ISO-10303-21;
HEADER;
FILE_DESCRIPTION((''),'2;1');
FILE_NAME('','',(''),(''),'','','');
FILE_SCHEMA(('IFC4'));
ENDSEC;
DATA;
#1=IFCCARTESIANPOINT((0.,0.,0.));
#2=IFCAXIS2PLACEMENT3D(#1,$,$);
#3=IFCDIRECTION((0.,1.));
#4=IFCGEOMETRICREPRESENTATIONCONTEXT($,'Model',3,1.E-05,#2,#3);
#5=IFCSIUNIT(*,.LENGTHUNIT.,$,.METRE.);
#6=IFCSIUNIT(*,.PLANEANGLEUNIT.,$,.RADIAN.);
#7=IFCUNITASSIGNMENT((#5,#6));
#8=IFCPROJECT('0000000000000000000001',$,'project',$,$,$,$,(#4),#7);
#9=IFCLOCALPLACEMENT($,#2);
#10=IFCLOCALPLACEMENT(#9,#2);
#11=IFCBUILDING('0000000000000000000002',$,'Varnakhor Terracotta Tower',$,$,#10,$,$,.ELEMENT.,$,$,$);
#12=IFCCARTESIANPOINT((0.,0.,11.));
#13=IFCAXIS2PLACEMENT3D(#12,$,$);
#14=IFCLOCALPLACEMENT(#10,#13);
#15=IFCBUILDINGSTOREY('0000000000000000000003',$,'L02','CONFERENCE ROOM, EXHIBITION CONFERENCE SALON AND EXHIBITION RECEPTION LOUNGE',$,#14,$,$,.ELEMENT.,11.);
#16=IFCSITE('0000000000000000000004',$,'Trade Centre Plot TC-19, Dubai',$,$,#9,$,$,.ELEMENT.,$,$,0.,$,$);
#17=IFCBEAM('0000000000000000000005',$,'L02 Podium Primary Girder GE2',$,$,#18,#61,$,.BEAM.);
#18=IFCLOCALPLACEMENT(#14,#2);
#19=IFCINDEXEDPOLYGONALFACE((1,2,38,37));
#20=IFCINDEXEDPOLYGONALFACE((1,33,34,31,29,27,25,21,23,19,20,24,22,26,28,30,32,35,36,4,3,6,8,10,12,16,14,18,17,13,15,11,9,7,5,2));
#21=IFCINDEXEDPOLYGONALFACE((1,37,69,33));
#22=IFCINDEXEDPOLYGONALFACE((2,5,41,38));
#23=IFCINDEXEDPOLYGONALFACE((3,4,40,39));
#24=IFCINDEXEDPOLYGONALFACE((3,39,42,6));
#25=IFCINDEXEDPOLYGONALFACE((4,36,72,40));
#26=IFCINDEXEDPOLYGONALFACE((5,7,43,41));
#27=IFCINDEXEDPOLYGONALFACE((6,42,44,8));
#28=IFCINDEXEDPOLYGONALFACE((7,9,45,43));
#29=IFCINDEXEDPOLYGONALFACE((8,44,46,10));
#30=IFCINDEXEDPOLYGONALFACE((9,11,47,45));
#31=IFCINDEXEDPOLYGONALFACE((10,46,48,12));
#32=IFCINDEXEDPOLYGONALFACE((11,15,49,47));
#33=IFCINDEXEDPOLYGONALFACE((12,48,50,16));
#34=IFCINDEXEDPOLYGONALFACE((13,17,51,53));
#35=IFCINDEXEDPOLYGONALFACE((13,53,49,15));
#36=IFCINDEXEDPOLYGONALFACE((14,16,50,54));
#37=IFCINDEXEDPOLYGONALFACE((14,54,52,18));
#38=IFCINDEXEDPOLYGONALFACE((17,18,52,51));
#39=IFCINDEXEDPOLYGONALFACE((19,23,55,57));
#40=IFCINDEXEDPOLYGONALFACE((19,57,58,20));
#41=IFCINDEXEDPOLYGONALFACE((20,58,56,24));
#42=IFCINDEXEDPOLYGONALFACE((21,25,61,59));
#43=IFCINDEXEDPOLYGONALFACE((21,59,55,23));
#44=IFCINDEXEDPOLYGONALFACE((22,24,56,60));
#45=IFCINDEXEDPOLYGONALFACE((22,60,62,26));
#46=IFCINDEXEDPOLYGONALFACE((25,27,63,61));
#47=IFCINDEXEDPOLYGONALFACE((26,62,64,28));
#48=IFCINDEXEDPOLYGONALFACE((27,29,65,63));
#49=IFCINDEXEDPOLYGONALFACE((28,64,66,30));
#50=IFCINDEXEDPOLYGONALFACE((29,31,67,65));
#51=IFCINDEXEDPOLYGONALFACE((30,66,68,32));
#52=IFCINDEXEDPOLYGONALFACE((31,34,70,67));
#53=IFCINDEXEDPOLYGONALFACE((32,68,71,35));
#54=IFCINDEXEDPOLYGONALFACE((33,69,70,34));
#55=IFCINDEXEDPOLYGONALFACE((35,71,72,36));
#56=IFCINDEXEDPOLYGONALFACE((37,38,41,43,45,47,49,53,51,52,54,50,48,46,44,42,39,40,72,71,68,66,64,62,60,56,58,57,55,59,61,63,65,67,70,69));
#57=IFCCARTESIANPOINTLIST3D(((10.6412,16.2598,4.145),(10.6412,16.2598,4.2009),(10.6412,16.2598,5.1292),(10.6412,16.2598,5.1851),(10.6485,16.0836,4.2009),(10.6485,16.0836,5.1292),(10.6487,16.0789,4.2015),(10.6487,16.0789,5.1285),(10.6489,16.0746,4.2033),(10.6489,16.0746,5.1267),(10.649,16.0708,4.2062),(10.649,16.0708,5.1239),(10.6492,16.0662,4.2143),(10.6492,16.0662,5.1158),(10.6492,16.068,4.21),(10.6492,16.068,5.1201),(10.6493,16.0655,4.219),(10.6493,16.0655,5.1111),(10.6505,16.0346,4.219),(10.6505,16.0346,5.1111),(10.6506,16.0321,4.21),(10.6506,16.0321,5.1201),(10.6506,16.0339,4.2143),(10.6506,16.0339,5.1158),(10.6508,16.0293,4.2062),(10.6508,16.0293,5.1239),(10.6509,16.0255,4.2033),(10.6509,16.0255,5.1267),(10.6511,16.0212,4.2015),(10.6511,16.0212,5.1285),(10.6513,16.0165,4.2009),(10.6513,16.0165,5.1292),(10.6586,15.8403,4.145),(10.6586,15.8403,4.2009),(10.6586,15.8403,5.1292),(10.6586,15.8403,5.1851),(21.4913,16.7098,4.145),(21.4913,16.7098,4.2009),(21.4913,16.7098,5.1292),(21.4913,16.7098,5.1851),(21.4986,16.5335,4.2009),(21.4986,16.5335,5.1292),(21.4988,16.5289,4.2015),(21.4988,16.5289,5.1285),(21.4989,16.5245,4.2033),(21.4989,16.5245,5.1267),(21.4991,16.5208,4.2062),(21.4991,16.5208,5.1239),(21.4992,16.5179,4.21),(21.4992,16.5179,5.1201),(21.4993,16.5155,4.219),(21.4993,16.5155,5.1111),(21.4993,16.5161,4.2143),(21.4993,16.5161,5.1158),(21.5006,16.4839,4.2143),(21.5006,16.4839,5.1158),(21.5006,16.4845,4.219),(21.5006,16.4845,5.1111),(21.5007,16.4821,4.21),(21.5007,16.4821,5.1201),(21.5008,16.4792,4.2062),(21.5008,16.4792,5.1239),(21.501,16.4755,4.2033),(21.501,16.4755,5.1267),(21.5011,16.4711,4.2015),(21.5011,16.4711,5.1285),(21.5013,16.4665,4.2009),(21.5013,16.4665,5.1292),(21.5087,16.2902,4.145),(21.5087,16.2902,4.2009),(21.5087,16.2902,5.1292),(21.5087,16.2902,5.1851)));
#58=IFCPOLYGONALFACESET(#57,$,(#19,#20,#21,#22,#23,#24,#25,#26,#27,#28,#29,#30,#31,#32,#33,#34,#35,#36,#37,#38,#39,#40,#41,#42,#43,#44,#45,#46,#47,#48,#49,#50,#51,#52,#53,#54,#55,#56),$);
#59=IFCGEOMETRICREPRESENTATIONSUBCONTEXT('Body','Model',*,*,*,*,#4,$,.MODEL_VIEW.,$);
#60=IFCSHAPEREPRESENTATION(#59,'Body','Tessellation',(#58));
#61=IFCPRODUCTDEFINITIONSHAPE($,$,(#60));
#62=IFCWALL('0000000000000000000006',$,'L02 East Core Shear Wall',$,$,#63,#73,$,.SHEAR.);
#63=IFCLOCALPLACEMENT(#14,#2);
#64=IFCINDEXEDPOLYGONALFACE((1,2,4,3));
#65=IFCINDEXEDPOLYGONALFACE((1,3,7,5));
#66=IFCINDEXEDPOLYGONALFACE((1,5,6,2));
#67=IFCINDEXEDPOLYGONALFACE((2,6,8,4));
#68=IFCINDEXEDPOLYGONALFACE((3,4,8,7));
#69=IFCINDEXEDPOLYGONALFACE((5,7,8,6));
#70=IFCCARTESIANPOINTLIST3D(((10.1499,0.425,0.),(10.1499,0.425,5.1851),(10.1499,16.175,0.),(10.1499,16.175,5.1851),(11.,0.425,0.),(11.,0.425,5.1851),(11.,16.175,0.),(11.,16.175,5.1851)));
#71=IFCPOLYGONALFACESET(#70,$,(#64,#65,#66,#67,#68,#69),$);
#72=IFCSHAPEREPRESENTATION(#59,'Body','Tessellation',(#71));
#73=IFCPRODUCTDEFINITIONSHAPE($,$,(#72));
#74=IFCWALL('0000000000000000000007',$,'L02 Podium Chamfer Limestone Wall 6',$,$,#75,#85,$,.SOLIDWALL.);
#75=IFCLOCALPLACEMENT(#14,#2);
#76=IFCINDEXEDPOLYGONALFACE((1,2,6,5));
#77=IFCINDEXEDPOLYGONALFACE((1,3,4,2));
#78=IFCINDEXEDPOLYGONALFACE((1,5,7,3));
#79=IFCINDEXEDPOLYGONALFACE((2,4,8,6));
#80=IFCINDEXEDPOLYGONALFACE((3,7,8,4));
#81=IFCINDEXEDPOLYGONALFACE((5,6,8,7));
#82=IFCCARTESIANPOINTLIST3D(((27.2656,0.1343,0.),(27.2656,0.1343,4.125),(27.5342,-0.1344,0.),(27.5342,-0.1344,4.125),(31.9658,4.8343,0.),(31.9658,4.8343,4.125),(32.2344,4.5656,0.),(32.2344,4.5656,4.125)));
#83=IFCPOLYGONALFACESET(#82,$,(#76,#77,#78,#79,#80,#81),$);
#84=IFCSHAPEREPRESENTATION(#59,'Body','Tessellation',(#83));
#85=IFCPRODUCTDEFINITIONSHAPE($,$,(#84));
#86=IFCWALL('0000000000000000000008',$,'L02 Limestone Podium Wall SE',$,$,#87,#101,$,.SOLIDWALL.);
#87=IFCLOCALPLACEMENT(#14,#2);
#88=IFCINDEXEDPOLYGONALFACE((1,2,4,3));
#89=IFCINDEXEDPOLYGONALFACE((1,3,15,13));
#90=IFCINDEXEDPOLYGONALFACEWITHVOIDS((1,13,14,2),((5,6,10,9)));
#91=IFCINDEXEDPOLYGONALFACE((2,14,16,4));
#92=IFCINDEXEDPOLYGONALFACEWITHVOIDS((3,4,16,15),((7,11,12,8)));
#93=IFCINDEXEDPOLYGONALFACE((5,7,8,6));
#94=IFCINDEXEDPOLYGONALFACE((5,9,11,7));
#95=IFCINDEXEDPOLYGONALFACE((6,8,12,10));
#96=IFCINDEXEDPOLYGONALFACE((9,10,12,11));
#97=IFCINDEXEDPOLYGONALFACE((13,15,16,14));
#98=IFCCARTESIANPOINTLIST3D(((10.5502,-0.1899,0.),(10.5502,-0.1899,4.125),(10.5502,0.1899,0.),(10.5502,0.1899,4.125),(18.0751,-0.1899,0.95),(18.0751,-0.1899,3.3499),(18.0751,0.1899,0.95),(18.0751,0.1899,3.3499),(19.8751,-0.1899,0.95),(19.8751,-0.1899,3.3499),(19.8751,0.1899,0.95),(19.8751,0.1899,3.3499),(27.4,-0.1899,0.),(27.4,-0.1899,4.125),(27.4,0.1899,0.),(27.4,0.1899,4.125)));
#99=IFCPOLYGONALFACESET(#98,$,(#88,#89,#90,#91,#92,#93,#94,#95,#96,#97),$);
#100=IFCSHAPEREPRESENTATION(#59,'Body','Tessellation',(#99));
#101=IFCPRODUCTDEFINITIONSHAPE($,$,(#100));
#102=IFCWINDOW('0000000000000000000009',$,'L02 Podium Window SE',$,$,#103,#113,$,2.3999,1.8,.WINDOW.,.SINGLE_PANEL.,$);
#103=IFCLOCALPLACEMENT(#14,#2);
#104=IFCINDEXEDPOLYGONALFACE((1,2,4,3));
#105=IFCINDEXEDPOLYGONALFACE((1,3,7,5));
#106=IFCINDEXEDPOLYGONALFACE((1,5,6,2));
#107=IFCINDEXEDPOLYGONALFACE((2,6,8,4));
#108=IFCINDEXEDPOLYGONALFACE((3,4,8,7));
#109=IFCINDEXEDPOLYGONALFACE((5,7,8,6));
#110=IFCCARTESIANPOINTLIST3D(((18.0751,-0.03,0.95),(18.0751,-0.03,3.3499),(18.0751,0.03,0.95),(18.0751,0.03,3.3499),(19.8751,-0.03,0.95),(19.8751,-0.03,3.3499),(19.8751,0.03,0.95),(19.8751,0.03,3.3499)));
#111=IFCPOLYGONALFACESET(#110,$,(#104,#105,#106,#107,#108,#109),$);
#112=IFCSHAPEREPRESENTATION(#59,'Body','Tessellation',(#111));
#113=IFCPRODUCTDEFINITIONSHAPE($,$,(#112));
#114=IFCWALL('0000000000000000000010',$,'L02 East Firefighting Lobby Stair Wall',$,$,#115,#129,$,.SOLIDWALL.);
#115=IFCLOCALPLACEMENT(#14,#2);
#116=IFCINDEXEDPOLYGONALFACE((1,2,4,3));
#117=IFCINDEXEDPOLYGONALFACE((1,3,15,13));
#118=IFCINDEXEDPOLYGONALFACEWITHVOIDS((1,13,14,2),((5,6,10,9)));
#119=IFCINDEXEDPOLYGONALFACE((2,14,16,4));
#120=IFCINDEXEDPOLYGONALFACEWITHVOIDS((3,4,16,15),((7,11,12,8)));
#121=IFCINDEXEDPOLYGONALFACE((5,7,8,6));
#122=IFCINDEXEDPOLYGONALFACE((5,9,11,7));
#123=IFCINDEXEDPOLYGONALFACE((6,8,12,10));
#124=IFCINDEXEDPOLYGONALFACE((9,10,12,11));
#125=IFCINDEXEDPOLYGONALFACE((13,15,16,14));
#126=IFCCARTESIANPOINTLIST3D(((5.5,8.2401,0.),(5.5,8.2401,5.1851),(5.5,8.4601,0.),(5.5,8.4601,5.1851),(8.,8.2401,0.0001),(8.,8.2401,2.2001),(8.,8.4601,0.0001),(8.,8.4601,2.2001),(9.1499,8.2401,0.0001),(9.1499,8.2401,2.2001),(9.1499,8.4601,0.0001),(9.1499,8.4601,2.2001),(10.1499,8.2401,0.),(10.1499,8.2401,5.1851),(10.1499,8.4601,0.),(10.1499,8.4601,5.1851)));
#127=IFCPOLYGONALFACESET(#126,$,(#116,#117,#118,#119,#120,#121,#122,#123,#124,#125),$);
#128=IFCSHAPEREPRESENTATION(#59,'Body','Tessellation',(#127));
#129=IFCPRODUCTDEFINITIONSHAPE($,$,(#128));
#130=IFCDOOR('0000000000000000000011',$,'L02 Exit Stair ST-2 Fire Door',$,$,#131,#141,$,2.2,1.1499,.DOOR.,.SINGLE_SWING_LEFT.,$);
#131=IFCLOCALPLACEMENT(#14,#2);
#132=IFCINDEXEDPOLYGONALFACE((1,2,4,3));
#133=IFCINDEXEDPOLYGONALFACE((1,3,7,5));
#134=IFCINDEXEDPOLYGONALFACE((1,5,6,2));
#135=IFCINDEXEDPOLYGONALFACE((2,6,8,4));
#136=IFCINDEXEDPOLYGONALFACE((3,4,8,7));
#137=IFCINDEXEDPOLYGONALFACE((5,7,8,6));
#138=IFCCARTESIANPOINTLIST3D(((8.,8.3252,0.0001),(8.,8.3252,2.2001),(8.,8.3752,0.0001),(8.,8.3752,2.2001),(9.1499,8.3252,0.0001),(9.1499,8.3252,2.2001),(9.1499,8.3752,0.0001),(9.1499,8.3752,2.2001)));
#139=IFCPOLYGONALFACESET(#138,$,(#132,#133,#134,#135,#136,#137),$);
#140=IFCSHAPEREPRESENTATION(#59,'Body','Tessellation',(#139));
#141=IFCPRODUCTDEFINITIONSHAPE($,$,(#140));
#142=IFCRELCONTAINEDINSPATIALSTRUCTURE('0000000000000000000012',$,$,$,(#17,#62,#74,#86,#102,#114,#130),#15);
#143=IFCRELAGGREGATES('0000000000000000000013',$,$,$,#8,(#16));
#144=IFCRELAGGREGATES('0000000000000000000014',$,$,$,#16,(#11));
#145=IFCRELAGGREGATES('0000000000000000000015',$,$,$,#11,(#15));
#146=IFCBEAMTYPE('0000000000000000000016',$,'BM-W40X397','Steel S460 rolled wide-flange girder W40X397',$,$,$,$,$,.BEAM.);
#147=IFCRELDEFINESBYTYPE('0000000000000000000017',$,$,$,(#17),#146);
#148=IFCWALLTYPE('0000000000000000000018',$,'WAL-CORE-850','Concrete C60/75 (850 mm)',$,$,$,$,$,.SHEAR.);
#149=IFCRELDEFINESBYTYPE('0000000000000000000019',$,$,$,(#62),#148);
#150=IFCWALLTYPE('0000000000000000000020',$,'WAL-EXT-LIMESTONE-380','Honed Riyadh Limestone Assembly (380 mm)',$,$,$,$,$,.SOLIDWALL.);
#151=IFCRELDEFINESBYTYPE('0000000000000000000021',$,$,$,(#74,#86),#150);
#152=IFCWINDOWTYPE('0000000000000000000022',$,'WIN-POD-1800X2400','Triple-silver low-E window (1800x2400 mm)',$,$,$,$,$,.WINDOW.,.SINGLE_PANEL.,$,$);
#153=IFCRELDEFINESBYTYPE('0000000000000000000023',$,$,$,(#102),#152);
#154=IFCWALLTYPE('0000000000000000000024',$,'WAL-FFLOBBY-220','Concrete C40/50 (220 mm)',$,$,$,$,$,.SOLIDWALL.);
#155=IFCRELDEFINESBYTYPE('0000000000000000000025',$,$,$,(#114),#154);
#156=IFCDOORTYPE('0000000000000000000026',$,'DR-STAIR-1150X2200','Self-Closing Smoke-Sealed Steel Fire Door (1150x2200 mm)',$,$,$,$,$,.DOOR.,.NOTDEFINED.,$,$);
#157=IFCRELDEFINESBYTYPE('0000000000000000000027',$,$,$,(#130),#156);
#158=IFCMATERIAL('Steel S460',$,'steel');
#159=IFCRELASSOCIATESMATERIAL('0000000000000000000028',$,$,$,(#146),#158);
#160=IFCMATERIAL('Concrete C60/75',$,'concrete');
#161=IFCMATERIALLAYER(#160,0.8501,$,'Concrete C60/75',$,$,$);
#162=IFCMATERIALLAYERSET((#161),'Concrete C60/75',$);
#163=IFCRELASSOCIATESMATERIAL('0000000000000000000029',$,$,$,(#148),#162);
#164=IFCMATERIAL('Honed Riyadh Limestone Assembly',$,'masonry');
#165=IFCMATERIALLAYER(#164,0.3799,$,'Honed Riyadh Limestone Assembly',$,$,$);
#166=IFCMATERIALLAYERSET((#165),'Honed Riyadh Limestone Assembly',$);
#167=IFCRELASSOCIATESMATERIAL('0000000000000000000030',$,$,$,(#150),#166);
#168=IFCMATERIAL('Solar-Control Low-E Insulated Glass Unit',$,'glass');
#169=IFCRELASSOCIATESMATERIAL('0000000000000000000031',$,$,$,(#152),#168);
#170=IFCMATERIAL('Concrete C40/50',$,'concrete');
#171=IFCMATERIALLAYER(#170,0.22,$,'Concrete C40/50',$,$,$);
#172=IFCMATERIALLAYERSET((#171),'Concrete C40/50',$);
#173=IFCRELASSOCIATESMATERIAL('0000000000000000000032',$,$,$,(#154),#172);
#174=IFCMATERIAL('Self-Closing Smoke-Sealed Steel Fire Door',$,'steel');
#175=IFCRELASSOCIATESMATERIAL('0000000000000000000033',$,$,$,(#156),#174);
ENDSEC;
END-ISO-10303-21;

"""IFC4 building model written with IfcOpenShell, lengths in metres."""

from ifc_helpers import new_model, si_unit, direction, frame, frame_2d, origin, origin_2d, place, context, subcontext, project, spatial, rectangle, i_section, extrude, source, transform, mapped, material, layer, layer_set, material_profile, profile_set, type_object, type_shapes, element, fill, save


model = new_model("IFC4")

# Units and contexts
model_context = context("Model", 3, precision=1e-05, world=origin(), true_north=direction((0.0, 1.0)))
body_context = subcontext(model_context, "Body", "Model", "MODEL_VIEW")
ifc_project = project(units=[si_unit("LENGTHUNIT", "METRE"), si_unit("PLANEANGLEUNIT", "RADIAN")], contexts=[model_context])

# Site, building, storey
site_placement = place(None, origin())
site = spatial("IfcSite", under=ifc_project, at=site_placement, Name="Trade Centre Plot TC-19, Dubai", CompositionType="ELEMENT", RefElevation=0.0)
building_placement = place(site_placement, origin())
building = spatial("IfcBuilding", under=site, at=building_placement, Name="Varnakhor Terracotta Tower", CompositionType="ELEMENT")
storey_placement = place(building_placement, frame((0.0, 0.0, 11.0)))
storey = spatial("IfcBuildingStorey", under=building, at=storey_placement, Name="L02", Description="CONFERENCE ROOM, EXHIBITION CONFERENCE SALON AND EXHIBITION RECEPTION LOUNGE", CompositionType="ELEMENT", Elevation=11.0)

# Shared definitions
ifc_material_1 = material(Name="Steel S460", Category="steel")
ifc_material_2 = material(Name="Concrete C60/75", Category="concrete")

# Beam
ifc_material_profile_1 = material_profile(ifc_material_1, i_section(OverallWidth=0.4199, OverallDepth=1.04, WebThickness=0.031, FlangeThickness=0.0559, FilletRadius=0.0181, at=origin_2d()), Name="W40X397")
ifc_profile_set_1 = profile_set([ifc_material_profile_1], Name="Steel S460")
beam_type_1 = type_object("IfcBeamType", Name="BM-W40X397", Description="Steel S460 rolled wide-flange girder W40X397", PredefinedType="BEAM", material=ifc_profile_set_1)
shared_shape_1 = source(origin(), body_context, "Body", "SweptSolid", [
    extrude(i_section(OverallWidth=0.4199, OverallDepth=1.04, WebThickness=0.031, FlangeThickness=0.0559, FilletRadius=0.0181, at=origin_2d()), origin(), (0.0, 0.0, 1.0), 10.8594),
])
beam_1_placement = place(storey_placement, frame((10.6499, 16.05, 4.665), z_axis=(0.999141, 0.041434, 0.0), x_axis=(-0.041434, 0.999141, 0.0)))
element("IfcBeam", 1, at=beam_1_placement, inside=storey, type_object=beam_type_1, Name="L02 Podium Primary Girder GE2", PredefinedType="BEAM", context=body_context, shape_type="MappedRepresentation", body=[
    mapped(shared_shape_1, transform((0.0, 0.0, 0.0), scale=1.0)),
])

# Walls
ifc_layer_1 = layer(ifc_material_2, 0.8501, Name="Concrete C60/75")
ifc_layer_set_1 = layer_set([ifc_layer_1], Name="Concrete C60/75")
wall_type_1 = type_object("IfcWallType", Name="WAL-CORE-850", Description="Concrete C60/75 (850 mm)", PredefinedType="SHEAR", material=ifc_layer_set_1)
wall_1_placement = place(storey_placement, frame((10.575, 0.425, 0.0), z_axis=(0.0, 0.0, 1.0), x_axis=(0.0, 1.0, 0.0)))
element("IfcWall", 2, at=wall_1_placement, inside=storey, type_object=wall_type_1, Name="L02 East Core Shear Wall", PredefinedType="SHEAR", context=body_context, shape_type="SweptSolid", body=[
    extrude(rectangle(XDim=15.75, YDim=0.8501, at=frame_2d((7.875, 0.0))), origin(), (0.0, 0.0, 1.0), 5.1851),
])
ifc_material_3 = material(Name="Honed Riyadh Limestone Assembly", Category="masonry")
ifc_layer_2 = layer(ifc_material_3, 0.3799, Name="Honed Riyadh Limestone Assembly")
ifc_layer_set_2 = layer_set([ifc_layer_2], Name="Honed Riyadh Limestone Assembly")
wall_type_2 = type_object("IfcWallType", Name="WAL-EXT-LIMESTONE-380", Description="Honed Riyadh Limestone Assembly (380 mm)", PredefinedType="SOLIDWALL", material=ifc_layer_set_2)
wall_2_placement = place(storey_placement, frame((32.1001, 4.7, 0.0), z_axis=(0.0, 0.0, 1.0), x_axis=(-0.707125, -0.707088, 0.0)))
element("IfcWall", 3, at=wall_2_placement, inside=storey, type_object=wall_type_2, Name="L02 Podium Chamfer Limestone Wall 6", PredefinedType="SOLIDWALL", context=body_context, shape_type="SweptSolid", body=[
    extrude(rectangle(XDim=6.647, YDim=0.3799, at=frame_2d((3.3235, 0.0))), origin(), (0.0, 0.0, 1.0), 4.125),
])

# Wall, opening, window
wall_3_placement = place(storey_placement, frame((27.3999, 0.0, 0.0), z_axis=(0.0, 0.0, 1.0), x_axis=(-1.0, 0.0, 0.0)))
wall_3 = element("IfcWall", 4, at=wall_3_placement, inside=storey, type_object=wall_type_2, Name="L02 Limestone Podium Wall SE", PredefinedType="SOLIDWALL", context=body_context, shape_type="SweptSolid", body=[
    extrude(rectangle(XDim=16.8499, YDim=0.3799, at=frame_2d((8.4248, 0.0))), origin(), (0.0, 0.0, 1.0), 4.125),
])
opening_1_placement = place(wall_3_placement, frame((7.5249, 0.0, 0.95)))
opening_1 = element("IfcOpeningElement", 5, at=opening_1_placement, cuts=wall_3, PredefinedType="OPENING", context=body_context, shape_type="SweptSolid", body=[
    extrude(rectangle(XDim=1.8, YDim=2.3999, at=frame_2d((0.8999, 1.2))), frame((0.0, 0.2, 0.0), z_axis=(0.0, -1.0, 0.0), x_axis=(1.0, 0.0, 0.0)), (0.0, 0.0, 1.0), 0.3999),
])
ifc_material_4 = material(Name="Solar-Control Low-E Insulated Glass Unit", Category="glass")
window_type = type_object("IfcWindowType", Name="WIN-POD-1800X2400", Description="Triple-silver low-E window (1800x2400 mm)", PartitioningType="SINGLE_PANEL", PredefinedType="WINDOW", material=ifc_material_4)
shared_shape_2 = source(origin(), body_context, "Body", "SweptSolid", [
    extrude(rectangle(XDim=1.8, YDim=2.3999, at=frame_2d((0.8999, 1.2))), frame((0.0, 0.03, 0.0), z_axis=(0.0, -1.0, 0.0), x_axis=(1.0, 0.0, 0.0)), (0.0, 0.0, 1.0), 0.0601),
])
type_shapes(window_type, [shared_shape_2])
window_placement = place(opening_1_placement, origin())
window = element("IfcWindow", 6, at=window_placement, inside=storey, type_object=window_type, Name="L02 Podium Window SE", OverallHeight=2.3999, OverallWidth=1.8, PartitioningType="SINGLE_PANEL", PredefinedType="WINDOW", context=body_context, shape_type="MappedRepresentation", body=[
    mapped(shared_shape_2, transform((0.0, 0.0, 0.0), scale=1.0)),
])
fill(opening_1, window)

# Wall, opening, door
ifc_material_5 = material(Name="Concrete C40/50", Category="concrete")
ifc_layer_3 = layer(ifc_material_5, 0.22, Name="Concrete C40/50")
ifc_layer_set_3 = layer_set([ifc_layer_3], Name="Concrete C40/50")
wall_type_3 = type_object("IfcWallType", Name="WAL-FFLOBBY-220", Description="Concrete C40/50 (220 mm)", PredefinedType="SOLIDWALL", material=ifc_layer_set_3)
wall_4_placement = place(storey_placement, frame((10.1499, 8.3501, 0.0), z_axis=(0.0, 0.0, 1.0), x_axis=(-1.0, 0.0, 0.0)))
wall_4 = element("IfcWall", 7, at=wall_4_placement, inside=storey, type_object=wall_type_3, Name="L02 East Firefighting Lobby Stair Wall", PredefinedType="SOLIDWALL", context=body_context, shape_type="SweptSolid", body=[
    extrude(rectangle(XDim=4.6499, YDim=0.22, at=frame_2d((2.325, 0.0))), origin(), (0.0, 0.0, 1.0), 5.1851),
])
opening_2_placement = place(wall_4_placement, frame((1.0, 0.0, 0.0)))
opening_2 = element("IfcOpeningElement", 8, at=opening_2_placement, cuts=wall_4, PredefinedType="OPENING", context=body_context, shape_type="SweptSolid", body=[
    extrude(rectangle(XDim=1.1499, YDim=2.2, at=frame_2d((0.575, 1.1001))), frame((0.0, 0.1201, 0.0), z_axis=(0.0, -1.0, 0.0), x_axis=(1.0, 0.0, 0.0)), (0.0, 0.0, 1.0), 0.24),
])
ifc_material_6 = material(Name="Self-Closing Smoke-Sealed Steel Fire Door", Category="steel")
door_type_1 = type_object("IfcDoorType", Name="DR-STAIR-1150X2200", Description="Self-Closing Smoke-Sealed Steel Fire Door (1150x2200 mm)", OperationType="NOTDEFINED", PredefinedType="DOOR", material=ifc_material_6)
shared_shape_3 = source(origin(), body_context, "Body", "SweptSolid", [
    extrude(rectangle(XDim=1.1499, YDim=2.2, at=frame_2d((0.575, 1.1001))), frame((0.0, 0.0249, 0.0), z_axis=(0.0, -1.0, 0.0), x_axis=(1.0, 0.0, 0.0)), (0.0, 0.0, 1.0), 0.05),
])
type_shapes(door_type_1, [shared_shape_3])
door_1_placement = place(opening_2_placement, origin())
door_1 = element("IfcDoor", 9, at=door_1_placement, inside=storey, type_object=door_type_1, Name="L02 Exit Stair ST-2 Fire Door", OperationType="SINGLE_SWING_LEFT", OverallHeight=2.2, OverallWidth=1.1499, PredefinedType="DOOR", context=body_context, shape_type="MappedRepresentation", body=[
    mapped(shared_shape_3, transform((0.0, 0.0, 0.0), scale=1.0)),
])
fill(opening_2, door_1)

save(model, "model.ifc")
